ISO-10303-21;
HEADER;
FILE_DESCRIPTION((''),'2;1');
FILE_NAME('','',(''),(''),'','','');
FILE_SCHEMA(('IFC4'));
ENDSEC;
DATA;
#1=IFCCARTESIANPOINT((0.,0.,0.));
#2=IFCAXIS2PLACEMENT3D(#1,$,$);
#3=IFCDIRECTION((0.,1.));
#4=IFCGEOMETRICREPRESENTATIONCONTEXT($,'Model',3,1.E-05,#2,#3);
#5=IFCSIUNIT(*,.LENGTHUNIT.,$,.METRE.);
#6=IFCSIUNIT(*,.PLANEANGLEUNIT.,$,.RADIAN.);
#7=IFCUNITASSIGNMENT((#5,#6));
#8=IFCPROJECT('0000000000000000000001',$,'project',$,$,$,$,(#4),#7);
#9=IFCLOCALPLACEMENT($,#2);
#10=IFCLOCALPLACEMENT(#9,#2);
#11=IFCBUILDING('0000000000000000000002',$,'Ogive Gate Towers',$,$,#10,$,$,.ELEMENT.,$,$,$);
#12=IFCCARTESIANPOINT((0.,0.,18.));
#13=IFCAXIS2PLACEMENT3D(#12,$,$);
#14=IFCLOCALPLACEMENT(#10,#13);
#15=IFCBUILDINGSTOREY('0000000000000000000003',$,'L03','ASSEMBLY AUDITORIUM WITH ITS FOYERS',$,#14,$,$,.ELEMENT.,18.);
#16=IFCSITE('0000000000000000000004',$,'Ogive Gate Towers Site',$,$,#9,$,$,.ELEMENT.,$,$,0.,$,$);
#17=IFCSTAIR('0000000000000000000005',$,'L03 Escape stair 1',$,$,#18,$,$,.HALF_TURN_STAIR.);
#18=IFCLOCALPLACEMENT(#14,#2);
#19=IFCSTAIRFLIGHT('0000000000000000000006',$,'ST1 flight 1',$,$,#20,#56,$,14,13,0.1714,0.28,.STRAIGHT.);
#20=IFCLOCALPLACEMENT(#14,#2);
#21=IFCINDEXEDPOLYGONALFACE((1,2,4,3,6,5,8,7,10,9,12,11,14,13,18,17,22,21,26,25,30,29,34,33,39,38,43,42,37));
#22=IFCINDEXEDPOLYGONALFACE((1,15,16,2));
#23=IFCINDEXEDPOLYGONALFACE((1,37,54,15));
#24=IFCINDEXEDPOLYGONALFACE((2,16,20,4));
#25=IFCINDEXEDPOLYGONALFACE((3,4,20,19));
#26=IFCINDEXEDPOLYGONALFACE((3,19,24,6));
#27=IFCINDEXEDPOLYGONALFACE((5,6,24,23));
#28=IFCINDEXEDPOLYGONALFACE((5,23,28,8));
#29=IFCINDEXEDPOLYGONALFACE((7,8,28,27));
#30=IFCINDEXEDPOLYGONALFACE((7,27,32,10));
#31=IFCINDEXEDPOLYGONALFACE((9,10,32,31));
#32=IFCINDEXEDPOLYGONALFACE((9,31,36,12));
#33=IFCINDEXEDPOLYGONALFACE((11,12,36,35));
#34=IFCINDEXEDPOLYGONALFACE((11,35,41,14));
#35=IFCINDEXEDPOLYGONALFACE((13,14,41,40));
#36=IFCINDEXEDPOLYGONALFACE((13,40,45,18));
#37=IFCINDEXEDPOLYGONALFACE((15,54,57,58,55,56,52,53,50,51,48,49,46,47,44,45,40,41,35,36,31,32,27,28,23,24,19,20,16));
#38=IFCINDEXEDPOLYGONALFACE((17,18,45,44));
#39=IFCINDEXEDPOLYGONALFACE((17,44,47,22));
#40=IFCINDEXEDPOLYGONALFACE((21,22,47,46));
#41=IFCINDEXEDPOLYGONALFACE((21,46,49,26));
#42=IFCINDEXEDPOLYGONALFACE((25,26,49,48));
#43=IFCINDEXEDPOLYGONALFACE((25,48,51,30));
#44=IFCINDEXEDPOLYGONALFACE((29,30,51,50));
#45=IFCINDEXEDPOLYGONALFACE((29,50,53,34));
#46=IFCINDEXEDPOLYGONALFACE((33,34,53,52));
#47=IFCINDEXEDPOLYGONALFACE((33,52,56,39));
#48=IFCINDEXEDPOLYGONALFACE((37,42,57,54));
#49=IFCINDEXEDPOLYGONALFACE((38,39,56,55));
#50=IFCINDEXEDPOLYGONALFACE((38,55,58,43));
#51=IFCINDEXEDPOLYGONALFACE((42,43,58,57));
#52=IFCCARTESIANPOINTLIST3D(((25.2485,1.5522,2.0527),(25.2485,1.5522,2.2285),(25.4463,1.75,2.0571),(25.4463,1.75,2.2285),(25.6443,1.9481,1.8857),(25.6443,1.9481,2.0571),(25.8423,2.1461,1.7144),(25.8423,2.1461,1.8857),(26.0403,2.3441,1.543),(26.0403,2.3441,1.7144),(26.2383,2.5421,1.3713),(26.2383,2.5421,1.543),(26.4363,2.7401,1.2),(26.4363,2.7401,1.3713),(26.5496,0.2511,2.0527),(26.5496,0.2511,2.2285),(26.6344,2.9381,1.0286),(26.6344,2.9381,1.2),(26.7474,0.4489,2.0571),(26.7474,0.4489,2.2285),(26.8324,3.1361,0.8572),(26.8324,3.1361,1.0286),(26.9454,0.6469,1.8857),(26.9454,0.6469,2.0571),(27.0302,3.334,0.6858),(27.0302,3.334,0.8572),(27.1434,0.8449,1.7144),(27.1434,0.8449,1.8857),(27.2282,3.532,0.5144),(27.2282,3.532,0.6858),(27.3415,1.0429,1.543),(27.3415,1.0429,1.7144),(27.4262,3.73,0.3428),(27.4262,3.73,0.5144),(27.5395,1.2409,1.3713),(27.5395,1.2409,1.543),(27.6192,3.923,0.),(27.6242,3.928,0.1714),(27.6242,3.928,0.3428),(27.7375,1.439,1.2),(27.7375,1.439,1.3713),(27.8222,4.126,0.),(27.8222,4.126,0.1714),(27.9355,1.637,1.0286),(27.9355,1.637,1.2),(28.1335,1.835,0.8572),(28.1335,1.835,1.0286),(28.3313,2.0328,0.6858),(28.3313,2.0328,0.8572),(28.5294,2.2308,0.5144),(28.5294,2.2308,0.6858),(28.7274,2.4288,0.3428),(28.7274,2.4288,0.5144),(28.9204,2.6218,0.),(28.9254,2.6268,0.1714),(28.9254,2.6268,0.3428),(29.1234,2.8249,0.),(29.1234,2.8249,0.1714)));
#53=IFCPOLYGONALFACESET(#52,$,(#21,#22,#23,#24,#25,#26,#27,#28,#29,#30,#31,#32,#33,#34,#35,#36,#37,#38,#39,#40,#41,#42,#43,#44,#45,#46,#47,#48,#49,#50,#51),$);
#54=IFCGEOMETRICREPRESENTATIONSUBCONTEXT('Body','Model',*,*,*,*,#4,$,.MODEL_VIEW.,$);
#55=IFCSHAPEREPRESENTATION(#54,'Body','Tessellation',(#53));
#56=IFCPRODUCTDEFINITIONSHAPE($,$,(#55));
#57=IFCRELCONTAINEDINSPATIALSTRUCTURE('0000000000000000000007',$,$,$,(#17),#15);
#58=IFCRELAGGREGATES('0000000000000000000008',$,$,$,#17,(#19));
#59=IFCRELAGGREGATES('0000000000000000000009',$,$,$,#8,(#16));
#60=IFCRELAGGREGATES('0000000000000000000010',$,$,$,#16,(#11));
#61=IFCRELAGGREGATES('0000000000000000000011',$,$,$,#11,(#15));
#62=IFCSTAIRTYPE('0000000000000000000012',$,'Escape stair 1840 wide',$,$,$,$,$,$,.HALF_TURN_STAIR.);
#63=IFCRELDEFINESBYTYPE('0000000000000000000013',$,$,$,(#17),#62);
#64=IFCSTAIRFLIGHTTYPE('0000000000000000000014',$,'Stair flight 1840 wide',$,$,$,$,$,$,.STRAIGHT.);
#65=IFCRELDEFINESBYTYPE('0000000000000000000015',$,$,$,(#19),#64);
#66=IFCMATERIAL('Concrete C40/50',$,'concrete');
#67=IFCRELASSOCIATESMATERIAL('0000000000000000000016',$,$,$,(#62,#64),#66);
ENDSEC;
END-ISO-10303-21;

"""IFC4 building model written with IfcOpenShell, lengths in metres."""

from ifc_helpers import new_model, si_unit, direction, frame, origin, place, context, subcontext, project, spatial, polyline, outline, extrude, material, type_object, element, aggregate, save


model = new_model("IFC4")

# Units and contexts
model_context = context("Model", 3, precision=1e-05, world=origin(), true_north=direction((0.0, 1.0)))
body_context = subcontext(model_context, "Body", "Model", "MODEL_VIEW")
ifc_project = project(units=[si_unit("LENGTHUNIT", "METRE"), si_unit("PLANEANGLEUNIT", "RADIAN")], contexts=[model_context])

# Site, building, storey
site_placement = place(None, origin())
site = spatial("IfcSite", under=ifc_project, at=site_placement, Name="Ogive Gate Towers Site", CompositionType="ELEMENT", RefElevation=0.0)
building_placement = place(site_placement, origin())
building = spatial("IfcBuilding", under=site, at=building_placement, Name="Ogive Gate Towers", CompositionType="ELEMENT")
storey_placement = place(building_placement, frame((0.0, 0.0, 18.0)))
storey = spatial("IfcBuildingStorey", under=building, at=storey_placement, Name="L03", Description="ASSEMBLY AUDITORIUM WITH ITS FOYERS", CompositionType="ELEMENT", Elevation=18.0)

# Shared definitions
ifc_material_1 = material(Name="Concrete C40/50", Category="concrete")

# Stair, stair flight
stair_type = type_object("IfcStairType", Name="Escape stair 1840 wide", PredefinedType="HALF_TURN_STAIR", material=ifc_material_1)
stair_placement = place(storey_placement, origin())
stair = element("IfcStair", 1, at=stair_placement, inside=storey, type_object=stair_type, Name="L03 Escape stair 1", PredefinedType="HALF_TURN_STAIR")
stair_flight_type = type_object("IfcStairFlightType", Name="Stair flight 1840 wide", PredefinedType="STRAIGHT", material=ifc_material_1)
stair_flight_placement = place(storey_placement, frame((28.4729, 3.4753, 0.0), z_axis=(0.0, 0.0, 1.0), x_axis=(-0.707107, -0.707107, 0.0)))
stair_flight = element("IfcStairFlight", 2, at=stair_flight_placement, type_object=stair_flight_type, Name="ST1 flight 1", NumberOfRisers=14, NumberOfTreads=13, PredefinedType="STRAIGHT", RiserHeight=0.1714, TreadLength=0.28, context=body_context, shape_type="SweptSolid", body=[
    extrude(outline(polyline([(0.0, 0.0), (0.0, 0.1714), (0.28, 0.1714), (0.28, 0.3428), (0.5601, 0.3428), (0.5601, 0.5144), (0.8401, 0.5144), (0.8401, 0.6858), (1.1201, 0.6858), (1.1201, 0.8572), (1.3999, 0.8572), (1.3999, 1.0286), (1.6799, 1.0286), (1.6799, 1.2), (1.96, 1.2), (1.96, 1.3713), (2.24, 1.3713), (2.24, 1.543), (2.52, 1.543), (2.52, 1.7144), (2.8, 1.7144), (2.8, 1.8857), (3.0801, 1.8857), (3.0801, 2.0571), (3.3601, 2.0571), (3.3601, 2.2285), (3.6399, 2.2285), (3.6399, 2.3999), (3.6399, 2.0527), (0.2871, 0.0), (0.0, 0.0)])), frame((0.0, 0.9199, 0.0), z_axis=(0.0, -1.0, 0.0), x_axis=(1.0, 0.0, 0.0)), (0.0, 0.0, 1.0), 1.8401),
])
aggregate(stair, [stair_flight])

save(model, "model.ifc")
